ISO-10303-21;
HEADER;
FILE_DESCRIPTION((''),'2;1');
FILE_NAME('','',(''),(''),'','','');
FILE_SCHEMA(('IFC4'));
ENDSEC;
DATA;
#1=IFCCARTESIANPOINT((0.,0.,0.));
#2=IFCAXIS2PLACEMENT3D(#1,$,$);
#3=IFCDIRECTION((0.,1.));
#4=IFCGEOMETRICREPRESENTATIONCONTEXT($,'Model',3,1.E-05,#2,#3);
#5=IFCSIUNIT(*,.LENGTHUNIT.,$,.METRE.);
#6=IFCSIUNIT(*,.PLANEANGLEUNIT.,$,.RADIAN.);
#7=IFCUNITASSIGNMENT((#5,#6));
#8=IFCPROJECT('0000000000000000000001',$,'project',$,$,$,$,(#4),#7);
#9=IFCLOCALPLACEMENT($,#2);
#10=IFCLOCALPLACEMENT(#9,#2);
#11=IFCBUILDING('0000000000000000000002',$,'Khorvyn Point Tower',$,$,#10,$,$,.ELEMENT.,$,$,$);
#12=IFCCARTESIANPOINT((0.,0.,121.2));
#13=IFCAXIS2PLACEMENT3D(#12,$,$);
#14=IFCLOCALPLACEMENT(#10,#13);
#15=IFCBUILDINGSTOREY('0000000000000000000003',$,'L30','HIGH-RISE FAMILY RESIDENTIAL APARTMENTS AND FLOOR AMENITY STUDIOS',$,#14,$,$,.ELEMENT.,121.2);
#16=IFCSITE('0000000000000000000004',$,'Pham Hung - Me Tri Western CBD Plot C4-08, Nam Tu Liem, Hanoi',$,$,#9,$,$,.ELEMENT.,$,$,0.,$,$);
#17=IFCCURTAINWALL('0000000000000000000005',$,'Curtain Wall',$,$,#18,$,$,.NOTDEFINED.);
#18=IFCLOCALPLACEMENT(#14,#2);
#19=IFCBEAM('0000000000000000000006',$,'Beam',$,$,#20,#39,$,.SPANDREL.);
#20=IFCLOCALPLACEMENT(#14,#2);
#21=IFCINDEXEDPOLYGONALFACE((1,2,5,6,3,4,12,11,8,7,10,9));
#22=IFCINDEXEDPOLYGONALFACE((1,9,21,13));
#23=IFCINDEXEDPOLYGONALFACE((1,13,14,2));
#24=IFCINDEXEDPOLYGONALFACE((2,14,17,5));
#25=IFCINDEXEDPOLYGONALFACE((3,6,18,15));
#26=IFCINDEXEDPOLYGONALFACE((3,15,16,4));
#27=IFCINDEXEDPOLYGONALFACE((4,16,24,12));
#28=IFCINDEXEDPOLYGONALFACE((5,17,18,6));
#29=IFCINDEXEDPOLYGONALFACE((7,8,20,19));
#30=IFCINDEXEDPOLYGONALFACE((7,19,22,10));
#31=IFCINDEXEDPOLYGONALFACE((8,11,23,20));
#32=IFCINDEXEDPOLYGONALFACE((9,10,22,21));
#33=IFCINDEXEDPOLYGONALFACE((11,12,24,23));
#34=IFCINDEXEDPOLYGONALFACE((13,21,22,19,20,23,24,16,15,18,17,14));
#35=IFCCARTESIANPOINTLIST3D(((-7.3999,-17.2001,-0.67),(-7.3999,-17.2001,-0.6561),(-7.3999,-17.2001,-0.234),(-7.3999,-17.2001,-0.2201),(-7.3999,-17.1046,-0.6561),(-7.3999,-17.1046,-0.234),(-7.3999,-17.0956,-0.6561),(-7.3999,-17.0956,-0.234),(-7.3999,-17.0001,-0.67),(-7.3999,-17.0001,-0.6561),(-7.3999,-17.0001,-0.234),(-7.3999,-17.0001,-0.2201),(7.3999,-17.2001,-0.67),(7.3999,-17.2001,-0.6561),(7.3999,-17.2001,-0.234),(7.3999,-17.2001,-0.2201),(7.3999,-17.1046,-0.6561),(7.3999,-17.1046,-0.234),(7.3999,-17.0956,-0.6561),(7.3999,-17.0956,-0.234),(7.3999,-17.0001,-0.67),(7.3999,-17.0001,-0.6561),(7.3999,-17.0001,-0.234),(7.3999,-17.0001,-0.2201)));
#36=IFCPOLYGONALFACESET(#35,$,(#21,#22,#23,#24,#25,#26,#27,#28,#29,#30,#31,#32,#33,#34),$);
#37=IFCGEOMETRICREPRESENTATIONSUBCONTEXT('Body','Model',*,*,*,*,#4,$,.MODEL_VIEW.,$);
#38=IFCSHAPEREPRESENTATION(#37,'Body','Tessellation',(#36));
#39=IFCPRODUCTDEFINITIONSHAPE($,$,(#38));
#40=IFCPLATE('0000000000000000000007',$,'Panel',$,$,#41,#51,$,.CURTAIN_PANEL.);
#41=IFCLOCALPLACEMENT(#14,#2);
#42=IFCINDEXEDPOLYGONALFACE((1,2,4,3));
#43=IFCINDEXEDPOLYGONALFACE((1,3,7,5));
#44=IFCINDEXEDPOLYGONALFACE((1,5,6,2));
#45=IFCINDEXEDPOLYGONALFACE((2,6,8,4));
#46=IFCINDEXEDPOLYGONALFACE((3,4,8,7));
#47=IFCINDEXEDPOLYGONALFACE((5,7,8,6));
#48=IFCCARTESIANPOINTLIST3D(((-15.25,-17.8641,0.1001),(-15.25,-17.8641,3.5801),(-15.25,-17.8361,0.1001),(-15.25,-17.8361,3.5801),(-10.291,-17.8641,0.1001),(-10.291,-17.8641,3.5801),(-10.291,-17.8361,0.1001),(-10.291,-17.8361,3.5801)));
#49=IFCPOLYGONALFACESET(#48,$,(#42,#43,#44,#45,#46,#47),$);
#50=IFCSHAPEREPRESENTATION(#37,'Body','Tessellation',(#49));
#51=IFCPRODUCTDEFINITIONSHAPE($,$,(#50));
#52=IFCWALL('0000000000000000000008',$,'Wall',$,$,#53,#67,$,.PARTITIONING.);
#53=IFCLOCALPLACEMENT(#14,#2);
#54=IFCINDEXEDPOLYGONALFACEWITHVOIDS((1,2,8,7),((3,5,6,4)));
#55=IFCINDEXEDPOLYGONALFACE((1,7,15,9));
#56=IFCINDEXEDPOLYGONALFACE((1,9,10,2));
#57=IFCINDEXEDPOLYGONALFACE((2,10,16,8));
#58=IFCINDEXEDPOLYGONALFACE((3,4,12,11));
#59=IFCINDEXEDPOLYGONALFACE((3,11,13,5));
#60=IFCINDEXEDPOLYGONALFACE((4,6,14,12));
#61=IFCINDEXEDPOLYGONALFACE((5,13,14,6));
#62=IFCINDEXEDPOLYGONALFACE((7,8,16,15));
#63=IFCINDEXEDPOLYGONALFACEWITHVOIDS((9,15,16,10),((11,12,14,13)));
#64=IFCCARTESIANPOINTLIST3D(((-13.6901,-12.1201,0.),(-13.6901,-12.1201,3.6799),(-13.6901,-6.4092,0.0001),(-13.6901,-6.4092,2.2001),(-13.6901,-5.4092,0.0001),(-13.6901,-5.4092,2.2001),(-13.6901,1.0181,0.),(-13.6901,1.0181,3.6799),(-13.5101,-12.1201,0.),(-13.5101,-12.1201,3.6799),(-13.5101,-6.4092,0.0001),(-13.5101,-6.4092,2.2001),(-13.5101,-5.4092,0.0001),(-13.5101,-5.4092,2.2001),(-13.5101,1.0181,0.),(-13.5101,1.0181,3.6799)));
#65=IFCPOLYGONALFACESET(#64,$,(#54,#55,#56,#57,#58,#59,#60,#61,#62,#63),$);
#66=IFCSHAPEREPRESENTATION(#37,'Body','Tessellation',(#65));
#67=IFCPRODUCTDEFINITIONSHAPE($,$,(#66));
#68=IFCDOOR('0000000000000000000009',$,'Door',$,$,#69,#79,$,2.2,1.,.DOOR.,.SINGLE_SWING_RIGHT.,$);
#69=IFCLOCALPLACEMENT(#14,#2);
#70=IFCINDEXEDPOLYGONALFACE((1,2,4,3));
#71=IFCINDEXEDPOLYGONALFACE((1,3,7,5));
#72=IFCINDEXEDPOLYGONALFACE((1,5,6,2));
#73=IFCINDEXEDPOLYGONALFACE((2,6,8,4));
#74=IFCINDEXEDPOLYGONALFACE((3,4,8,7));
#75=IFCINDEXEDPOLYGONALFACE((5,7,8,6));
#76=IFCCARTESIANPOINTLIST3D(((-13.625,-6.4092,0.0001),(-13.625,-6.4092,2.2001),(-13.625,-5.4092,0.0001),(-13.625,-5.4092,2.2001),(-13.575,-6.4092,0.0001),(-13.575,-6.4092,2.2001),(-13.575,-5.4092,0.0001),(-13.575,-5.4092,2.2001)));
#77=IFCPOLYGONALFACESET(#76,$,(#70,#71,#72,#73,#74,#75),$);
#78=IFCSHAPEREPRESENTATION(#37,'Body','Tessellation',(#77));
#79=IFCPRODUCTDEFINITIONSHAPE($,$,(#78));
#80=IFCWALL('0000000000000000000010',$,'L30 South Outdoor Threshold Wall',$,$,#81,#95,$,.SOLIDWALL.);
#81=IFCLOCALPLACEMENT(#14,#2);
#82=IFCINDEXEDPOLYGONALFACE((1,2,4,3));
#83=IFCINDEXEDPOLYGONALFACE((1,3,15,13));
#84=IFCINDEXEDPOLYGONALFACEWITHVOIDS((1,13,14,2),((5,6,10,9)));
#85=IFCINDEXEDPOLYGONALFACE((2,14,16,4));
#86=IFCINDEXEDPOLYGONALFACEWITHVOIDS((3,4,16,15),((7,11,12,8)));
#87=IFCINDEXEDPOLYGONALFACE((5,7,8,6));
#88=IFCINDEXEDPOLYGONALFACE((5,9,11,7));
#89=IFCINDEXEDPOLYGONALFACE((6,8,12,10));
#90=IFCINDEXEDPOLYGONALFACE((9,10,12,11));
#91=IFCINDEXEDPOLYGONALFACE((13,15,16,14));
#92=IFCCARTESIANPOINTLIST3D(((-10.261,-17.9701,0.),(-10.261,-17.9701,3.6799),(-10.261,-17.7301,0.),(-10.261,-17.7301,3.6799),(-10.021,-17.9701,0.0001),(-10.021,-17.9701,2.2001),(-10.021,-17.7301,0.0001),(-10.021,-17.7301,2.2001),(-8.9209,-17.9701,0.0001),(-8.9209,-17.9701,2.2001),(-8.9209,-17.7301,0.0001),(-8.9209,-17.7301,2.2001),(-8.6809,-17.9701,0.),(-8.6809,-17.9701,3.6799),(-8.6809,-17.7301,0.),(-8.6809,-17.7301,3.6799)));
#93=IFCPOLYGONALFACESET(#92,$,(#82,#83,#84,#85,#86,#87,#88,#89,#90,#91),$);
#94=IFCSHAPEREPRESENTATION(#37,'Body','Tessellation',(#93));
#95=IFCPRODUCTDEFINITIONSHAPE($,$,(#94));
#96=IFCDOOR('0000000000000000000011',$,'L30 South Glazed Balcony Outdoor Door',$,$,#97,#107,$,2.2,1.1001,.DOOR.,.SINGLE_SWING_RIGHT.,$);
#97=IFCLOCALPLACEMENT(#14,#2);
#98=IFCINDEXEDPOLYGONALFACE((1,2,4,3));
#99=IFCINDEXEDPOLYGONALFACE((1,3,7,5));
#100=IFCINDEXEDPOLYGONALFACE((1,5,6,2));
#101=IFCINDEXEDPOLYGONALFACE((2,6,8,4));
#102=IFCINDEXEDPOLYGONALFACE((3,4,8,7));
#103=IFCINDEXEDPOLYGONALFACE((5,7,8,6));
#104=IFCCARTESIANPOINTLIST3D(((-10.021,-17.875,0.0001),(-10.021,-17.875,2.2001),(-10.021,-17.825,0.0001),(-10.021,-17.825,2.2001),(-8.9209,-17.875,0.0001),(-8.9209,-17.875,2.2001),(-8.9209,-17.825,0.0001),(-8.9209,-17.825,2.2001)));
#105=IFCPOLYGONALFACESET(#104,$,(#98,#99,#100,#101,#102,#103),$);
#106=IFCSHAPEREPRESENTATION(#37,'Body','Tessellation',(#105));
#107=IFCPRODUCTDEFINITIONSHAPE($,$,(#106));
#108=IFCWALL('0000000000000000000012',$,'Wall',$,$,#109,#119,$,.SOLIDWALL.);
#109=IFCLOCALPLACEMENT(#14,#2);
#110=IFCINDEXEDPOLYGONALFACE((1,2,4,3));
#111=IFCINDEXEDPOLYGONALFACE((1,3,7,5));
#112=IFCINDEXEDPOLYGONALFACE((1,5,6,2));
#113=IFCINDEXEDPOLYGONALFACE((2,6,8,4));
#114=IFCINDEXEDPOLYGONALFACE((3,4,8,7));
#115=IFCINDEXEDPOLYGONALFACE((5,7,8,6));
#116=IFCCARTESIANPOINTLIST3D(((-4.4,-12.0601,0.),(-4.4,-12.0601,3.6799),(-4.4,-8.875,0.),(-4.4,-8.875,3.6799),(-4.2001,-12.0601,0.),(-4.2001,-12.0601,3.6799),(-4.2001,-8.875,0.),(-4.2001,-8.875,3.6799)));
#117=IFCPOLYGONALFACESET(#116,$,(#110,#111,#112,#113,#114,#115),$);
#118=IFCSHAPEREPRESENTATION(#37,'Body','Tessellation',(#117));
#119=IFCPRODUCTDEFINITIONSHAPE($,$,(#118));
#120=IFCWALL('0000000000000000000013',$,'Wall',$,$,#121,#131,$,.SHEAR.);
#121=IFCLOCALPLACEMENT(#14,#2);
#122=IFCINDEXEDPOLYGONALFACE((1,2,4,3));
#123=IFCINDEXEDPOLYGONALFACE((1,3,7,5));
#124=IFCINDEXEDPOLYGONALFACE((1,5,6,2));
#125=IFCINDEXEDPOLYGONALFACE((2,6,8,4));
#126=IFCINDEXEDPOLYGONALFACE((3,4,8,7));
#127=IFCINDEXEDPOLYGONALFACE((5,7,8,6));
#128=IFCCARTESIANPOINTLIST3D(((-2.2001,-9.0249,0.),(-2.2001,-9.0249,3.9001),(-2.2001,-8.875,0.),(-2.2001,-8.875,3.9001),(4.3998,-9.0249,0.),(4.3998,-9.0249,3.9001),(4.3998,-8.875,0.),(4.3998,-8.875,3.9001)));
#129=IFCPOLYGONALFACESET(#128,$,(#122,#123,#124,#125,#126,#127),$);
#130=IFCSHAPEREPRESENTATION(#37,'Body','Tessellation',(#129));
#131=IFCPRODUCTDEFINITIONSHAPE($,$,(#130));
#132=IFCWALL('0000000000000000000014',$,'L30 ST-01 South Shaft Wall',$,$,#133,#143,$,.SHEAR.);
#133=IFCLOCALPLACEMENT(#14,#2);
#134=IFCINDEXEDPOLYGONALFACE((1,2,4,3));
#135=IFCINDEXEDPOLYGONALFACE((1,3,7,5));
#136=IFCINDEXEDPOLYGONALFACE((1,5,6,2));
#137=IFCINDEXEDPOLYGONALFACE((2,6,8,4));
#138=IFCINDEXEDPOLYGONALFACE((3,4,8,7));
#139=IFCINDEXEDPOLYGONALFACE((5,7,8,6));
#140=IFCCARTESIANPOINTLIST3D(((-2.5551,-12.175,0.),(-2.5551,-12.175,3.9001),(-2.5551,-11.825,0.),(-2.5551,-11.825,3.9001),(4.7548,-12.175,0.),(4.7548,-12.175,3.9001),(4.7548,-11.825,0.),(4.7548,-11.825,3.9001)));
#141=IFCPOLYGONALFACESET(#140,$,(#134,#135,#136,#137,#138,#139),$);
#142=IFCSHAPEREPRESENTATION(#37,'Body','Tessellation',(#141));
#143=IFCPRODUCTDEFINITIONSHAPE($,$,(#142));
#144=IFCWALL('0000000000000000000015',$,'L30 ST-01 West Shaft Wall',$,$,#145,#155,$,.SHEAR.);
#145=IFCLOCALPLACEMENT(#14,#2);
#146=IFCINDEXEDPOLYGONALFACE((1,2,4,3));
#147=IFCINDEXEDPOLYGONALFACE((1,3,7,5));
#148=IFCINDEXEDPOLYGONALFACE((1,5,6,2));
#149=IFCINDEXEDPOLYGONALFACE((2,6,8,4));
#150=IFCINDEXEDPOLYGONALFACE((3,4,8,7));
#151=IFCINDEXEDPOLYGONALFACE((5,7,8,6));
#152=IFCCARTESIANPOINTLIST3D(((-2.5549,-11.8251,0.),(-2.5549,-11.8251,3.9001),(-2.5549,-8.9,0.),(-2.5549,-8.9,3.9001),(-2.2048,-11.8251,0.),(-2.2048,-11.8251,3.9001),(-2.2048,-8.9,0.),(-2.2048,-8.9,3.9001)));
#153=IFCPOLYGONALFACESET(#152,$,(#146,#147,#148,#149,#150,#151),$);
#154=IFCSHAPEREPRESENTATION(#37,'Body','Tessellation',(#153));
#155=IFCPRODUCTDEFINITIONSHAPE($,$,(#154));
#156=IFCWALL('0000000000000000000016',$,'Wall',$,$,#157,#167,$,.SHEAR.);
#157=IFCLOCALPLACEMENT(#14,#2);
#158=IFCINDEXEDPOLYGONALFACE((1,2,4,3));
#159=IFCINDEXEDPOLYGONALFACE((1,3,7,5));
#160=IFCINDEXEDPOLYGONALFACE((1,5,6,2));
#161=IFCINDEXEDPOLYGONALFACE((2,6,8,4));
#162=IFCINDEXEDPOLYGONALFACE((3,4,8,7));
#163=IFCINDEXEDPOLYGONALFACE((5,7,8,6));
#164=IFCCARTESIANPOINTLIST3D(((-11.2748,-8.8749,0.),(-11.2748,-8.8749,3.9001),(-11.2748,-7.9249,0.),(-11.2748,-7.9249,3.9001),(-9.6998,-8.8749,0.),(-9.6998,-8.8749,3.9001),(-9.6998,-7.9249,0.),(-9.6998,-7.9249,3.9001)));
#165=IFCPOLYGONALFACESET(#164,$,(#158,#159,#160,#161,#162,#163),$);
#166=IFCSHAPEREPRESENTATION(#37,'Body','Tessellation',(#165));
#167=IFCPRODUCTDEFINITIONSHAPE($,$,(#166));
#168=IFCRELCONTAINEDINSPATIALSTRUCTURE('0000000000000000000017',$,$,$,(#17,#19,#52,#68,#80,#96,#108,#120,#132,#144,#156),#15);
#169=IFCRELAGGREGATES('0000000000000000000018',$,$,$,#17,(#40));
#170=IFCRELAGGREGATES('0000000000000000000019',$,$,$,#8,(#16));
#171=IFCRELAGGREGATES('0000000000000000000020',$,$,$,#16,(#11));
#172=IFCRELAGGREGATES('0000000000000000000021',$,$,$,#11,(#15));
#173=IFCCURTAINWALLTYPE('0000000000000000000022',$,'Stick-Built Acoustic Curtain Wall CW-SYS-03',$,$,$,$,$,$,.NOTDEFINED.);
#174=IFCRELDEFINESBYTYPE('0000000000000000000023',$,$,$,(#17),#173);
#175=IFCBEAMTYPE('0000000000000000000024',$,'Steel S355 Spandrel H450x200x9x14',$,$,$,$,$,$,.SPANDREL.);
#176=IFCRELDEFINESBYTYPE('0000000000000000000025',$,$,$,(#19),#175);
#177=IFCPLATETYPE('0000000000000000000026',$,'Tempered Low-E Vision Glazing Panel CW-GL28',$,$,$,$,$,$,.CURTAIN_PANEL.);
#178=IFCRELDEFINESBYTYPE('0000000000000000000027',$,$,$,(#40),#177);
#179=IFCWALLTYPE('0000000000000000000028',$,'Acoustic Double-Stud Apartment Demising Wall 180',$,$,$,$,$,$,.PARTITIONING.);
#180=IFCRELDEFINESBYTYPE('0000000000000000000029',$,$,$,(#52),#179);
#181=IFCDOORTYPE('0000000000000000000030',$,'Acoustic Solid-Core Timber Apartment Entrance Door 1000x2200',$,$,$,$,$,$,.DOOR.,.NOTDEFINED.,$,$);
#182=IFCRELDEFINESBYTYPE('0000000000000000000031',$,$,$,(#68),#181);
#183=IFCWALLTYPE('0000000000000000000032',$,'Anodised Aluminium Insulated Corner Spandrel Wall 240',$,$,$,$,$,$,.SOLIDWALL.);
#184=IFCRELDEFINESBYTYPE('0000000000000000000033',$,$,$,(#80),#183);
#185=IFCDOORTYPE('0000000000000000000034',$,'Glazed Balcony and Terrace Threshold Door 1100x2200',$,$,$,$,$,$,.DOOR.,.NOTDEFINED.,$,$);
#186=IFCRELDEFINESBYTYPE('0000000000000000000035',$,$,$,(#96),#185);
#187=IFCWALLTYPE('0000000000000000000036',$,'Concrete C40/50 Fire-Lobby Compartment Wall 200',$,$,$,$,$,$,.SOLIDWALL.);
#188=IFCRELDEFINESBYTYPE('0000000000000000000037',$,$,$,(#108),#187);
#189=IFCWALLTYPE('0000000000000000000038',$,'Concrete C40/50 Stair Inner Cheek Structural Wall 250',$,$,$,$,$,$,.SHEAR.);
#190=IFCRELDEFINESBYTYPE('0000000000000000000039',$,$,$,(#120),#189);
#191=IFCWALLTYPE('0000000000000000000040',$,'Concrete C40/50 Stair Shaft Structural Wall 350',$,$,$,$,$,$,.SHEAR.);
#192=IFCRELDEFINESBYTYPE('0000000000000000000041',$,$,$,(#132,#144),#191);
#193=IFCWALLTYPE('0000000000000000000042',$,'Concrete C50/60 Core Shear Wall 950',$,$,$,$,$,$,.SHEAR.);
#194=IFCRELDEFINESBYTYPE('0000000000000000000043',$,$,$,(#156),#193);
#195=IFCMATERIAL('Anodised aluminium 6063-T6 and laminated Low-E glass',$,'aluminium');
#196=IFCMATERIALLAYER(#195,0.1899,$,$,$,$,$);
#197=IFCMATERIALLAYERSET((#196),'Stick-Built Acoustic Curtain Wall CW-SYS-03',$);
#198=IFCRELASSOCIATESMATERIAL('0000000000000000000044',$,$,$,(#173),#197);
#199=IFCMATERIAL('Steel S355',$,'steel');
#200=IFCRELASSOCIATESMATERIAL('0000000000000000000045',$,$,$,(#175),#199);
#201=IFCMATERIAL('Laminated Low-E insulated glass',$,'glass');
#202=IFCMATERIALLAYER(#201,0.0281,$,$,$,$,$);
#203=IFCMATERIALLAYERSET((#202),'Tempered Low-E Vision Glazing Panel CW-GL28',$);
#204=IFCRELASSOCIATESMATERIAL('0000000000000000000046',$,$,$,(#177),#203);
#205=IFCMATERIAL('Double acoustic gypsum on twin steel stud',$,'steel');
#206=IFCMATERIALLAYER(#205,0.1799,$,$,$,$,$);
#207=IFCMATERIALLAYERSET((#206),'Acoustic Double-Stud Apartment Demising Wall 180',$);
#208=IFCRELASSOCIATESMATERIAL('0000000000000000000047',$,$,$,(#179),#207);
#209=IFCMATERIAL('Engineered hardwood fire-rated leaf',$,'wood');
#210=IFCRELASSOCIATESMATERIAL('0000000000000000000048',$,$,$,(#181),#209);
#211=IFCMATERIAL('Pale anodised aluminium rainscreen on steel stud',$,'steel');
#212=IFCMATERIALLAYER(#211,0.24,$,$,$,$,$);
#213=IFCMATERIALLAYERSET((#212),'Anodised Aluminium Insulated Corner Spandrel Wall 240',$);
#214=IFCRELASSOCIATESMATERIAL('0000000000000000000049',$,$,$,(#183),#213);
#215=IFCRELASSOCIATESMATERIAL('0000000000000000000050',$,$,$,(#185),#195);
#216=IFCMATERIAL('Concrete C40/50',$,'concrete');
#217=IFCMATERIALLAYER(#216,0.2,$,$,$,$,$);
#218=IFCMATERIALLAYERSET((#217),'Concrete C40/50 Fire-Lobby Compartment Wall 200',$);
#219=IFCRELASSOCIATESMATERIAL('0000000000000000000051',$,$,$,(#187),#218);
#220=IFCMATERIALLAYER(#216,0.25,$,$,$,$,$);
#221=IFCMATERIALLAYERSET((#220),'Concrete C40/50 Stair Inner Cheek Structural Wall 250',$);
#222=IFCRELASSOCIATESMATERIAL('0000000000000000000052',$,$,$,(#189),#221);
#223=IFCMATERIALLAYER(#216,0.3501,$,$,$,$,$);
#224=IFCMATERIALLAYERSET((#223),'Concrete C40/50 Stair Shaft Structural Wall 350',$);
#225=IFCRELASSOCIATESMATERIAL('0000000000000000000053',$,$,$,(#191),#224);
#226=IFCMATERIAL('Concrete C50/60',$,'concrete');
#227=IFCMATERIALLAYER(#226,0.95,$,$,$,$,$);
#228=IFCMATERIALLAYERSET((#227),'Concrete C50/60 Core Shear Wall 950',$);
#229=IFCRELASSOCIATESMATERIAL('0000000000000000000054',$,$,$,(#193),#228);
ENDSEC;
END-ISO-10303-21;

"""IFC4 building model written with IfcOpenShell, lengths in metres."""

from ifc_helpers import new_model, si_unit, direction, frame, frame_2d, origin, origin_2d, place, context, subcontext, project, spatial, rectangle, i_section, extrude, material, layer, layer_set, material_profile, profile_set, type_object, element, fill, aggregate, save


model = new_model("IFC4")

# Units and contexts
model_context = context("Model", 3, precision=1e-05, world=origin(), true_north=direction((0.0, 1.0)))
body_context = subcontext(model_context, "Body", "Model", "MODEL_VIEW")
ifc_project = project(units=[si_unit("LENGTHUNIT", "METRE"), si_unit("PLANEANGLEUNIT", "RADIAN")], contexts=[model_context])

# Site, building, storey
site_placement = place(None, origin())
site = spatial("IfcSite", under=ifc_project, at=site_placement, Name="Pham Hung - Me Tri Western CBD Plot C4-08, Nam Tu Liem, Hanoi", CompositionType="ELEMENT", RefElevation=0.0)
building_placement = place(site_placement, origin())
building = spatial("IfcBuilding", under=site, at=building_placement, Name="Khorvyn Point Tower", CompositionType="ELEMENT")
storey_placement = place(building_placement, frame((0.0, 0.0, 121.2)))
storey = spatial("IfcBuildingStorey", under=building, at=storey_placement, Name="L30", Description="HIGH-RISE FAMILY RESIDENTIAL APARTMENTS AND FLOOR AMENITY STUDIOS", CompositionType="ELEMENT", Elevation=121.2)

# Shared definitions
ifc_material_1 = material(Name="Concrete C50/60", Category="concrete")

# Shared definitions
ifc_material_2 = material(Name="Anodised aluminium 6063-T6 and laminated Low-E glass", Category="aluminium")
ifc_layer_1 = layer(ifc_material_2, 0.1899)
ifc_layer_set_1 = layer_set([ifc_layer_1], Name="Stick-Built Acoustic Curtain Wall CW-SYS-03")
curtain_wall_type = type_object("IfcCurtainWallType", Name="Stick-Built Acoustic Curtain Wall CW-SYS-03", PredefinedType="NOTDEFINED", material=ifc_layer_set_1)

# Curtain wall
curtain_wall_1_placement = place(storey_placement, origin())
curtain_wall_1 = element("IfcCurtainWall", 1, at=curtain_wall_1_placement, inside=storey, type_object=curtain_wall_type, Name="Curtain Wall", PredefinedType="NOTDEFINED")

# Beam
ifc_material_3 = material(Name="Steel S355", Category="steel")
ifc_material_profile_1 = material_profile(ifc_material_3, i_section(OverallWidth=0.2, OverallDepth=0.45, WebThickness=0.009, FlangeThickness=0.0139, at=origin_2d()))
ifc_profile_set_1 = profile_set([ifc_material_profile_1], Name="Steel S355 H450x200x9x14")
beam_type_1 = type_object("IfcBeamType", Name="Steel S355 Spandrel H450x200x9x14", PredefinedType="SPANDREL", material=ifc_profile_set_1)
beam_1_placement = place(storey_placement, frame((-7.3999, -17.1001, -0.4451), z_axis=(1.0, 0.0, 0.0), x_axis=(0.0, 1.0, 0.0)))
element("IfcBeam", 2, at=beam_1_placement, inside=storey, type_object=beam_type_1, Name="Beam", PredefinedType="SPANDREL", context=body_context, shape_type="SweptSolid", body=[
    extrude(i_section(OverallWidth=0.2, OverallDepth=0.45, WebThickness=0.009, FlangeThickness=0.0139, at=origin_2d()), origin(), (0.0, 0.0, 1.0), 14.7998),
])

# Plate
ifc_material_4 = material(Name="Laminated Low-E insulated glass", Category="glass")
ifc_layer_2 = layer(ifc_material_4, 0.0281)
ifc_layer_set_2 = layer_set([ifc_layer_2], Name="Tempered Low-E Vision Glazing Panel CW-GL28")
plate_type = type_object("IfcPlateType", Name="Tempered Low-E Vision Glazing Panel CW-GL28", PredefinedType="CURTAIN_PANEL", material=ifc_layer_set_2)
plate_placement = place(storey_placement, frame((-12.7705, -17.8501, 0.1001), z_axis=(0.0, 0.0, 1.0), x_axis=(-1.0, 0.0, 0.0)))
plate = element("IfcPlate", 3, at=plate_placement, type_object=plate_type, Name="Panel", PredefinedType="CURTAIN_PANEL", context=body_context, shape_type="SweptSolid", body=[
    extrude(rectangle(XDim=4.959, YDim=0.0281, at=origin_2d()), origin(), (0.0, 0.0, 1.0), 3.48),
])
aggregate(curtain_wall_1, [plate])

# Walls, openings, doors
ifc_material_5 = material(Name="Double acoustic gypsum on twin steel stud", Category="steel")
ifc_layer_3 = layer(ifc_material_5, 0.1799)
ifc_layer_set_3 = layer_set([ifc_layer_3], Name="Acoustic Double-Stud Apartment Demising Wall 180")
wall_type_1 = type_object("IfcWallType", Name="Acoustic Double-Stud Apartment Demising Wall 180", PredefinedType="PARTITIONING", material=ifc_layer_set_3)
wall_1_placement = place(storey_placement, frame((-13.6001, -12.1201, 0.0), z_axis=(0.0, 0.0, 1.0), x_axis=(0.0, 1.0, 0.0)))
wall_1 = element("IfcWall", 4, at=wall_1_placement, inside=storey, type_object=wall_type_1, Name="Wall", PredefinedType="PARTITIONING", context=body_context, shape_type="SweptSolid", body=[
    extrude(rectangle(XDim=13.1382, YDim=0.1799, at=frame_2d((6.5691, 0.0))), origin(), (0.0, 0.0, 1.0), 3.6799),
])
opening_1_placement = place(wall_1_placement, frame((5.7109, 0.0, 0.0)))
opening_1 = element("IfcOpeningElement", 5, at=opening_1_placement, cuts=wall_1, PredefinedType="OPENING", context=body_context, shape_type="SweptSolid", body=[
    extrude(rectangle(XDim=1.0, YDim=2.2, at=frame_2d((0.5, 1.1001))), frame((0.0, 0.0999, 0.0), z_axis=(0.0, -1.0, 0.0), x_axis=(1.0, 0.0, 0.0)), (0.0, 0.0, 1.0), 0.2),
])
ifc_material_6 = material(Name="Engineered hardwood fire-rated leaf", Category="wood")
door_type_1 = type_object("IfcDoorType", Name="Acoustic Solid-Core Timber Apartment Entrance Door 1000x2200", OperationType="NOTDEFINED", PredefinedType="DOOR", material=ifc_material_6)
door_1_placement = place(opening_1_placement, origin())
door_1 = element("IfcDoor", 6, at=door_1_placement, inside=storey, type_object=door_type_1, Name="Door", OperationType="SINGLE_SWING_RIGHT", OverallHeight=2.2, OverallWidth=1.0, PredefinedType="DOOR", context=body_context, shape_type="SweptSolid", body=[
    extrude(rectangle(XDim=1.0, YDim=2.2, at=frame_2d((0.5, 1.1001))), frame((0.0, 0.0249, 0.0), z_axis=(0.0, -1.0, 0.0), x_axis=(1.0, 0.0, 0.0)), (0.0, 0.0, 1.0), 0.05),
])
fill(opening_1, door_1)
ifc_material_7 = material(Name="Pale anodised aluminium rainscreen on steel stud", Category="steel")
ifc_layer_4 = layer(ifc_material_7, 0.24)
ifc_layer_set_4 = layer_set([ifc_layer_4], Name="Anodised Aluminium Insulated Corner Spandrel Wall 240")
wall_type_2 = type_object("IfcWallType", Name="Anodised Aluminium Insulated Corner Spandrel Wall 240", PredefinedType="SOLIDWALL", material=ifc_layer_set_4)
wall_2_placement = place(storey_placement, frame((-8.6809, -17.8501, 0.0), z_axis=(0.0, 0.0, 1.0), x_axis=(-1.0, 0.0, 0.0)))
wall_2 = element("IfcWall", 7, at=wall_2_placement, inside=storey, type_object=wall_type_2, Name="L30 South Outdoor Threshold Wall", PredefinedType="SOLIDWALL", context=body_context, shape_type="SweptSolid", body=[
    extrude(rectangle(XDim=1.5801, YDim=0.24, at=frame_2d((0.79, 0.0))), origin(), (0.0, 0.0, 1.0), 3.6799),
])
opening_2_placement = place(wall_2_placement, frame((0.24, 0.0, 0.0)))
opening_2 = element("IfcOpeningElement", 8, at=opening_2_placement, cuts=wall_2, PredefinedType="OPENING", context=body_context, shape_type="SweptSolid", body=[
    extrude(rectangle(XDim=1.1001, YDim=2.2, at=frame_2d((0.55, 1.1001))), frame((0.0, 0.1299, 0.0), z_axis=(0.0, -1.0, 0.0), x_axis=(1.0, 0.0, 0.0)), (0.0, 0.0, 1.0), 0.26),
])
door_type_2 = type_object("IfcDoorType", Name="Glazed Balcony and Terrace Threshold Door 1100x2200", OperationType="NOTDEFINED", PredefinedType="DOOR", material=ifc_material_2)
door_2_placement = place(opening_2_placement, origin())
door_2 = element("IfcDoor", 9, at=door_2_placement, inside=storey, type_object=door_type_2, Name="L30 South Glazed Balcony Outdoor Door", OperationType="SINGLE_SWING_RIGHT", OverallHeight=2.2, OverallWidth=1.1001, PredefinedType="DOOR", context=body_context, shape_type="SweptSolid", body=[
    extrude(rectangle(XDim=1.1001, YDim=2.2, at=frame_2d((0.55, 1.1001))), frame((0.0, 0.0249, 0.0), z_axis=(0.0, -1.0, 0.0), x_axis=(1.0, 0.0, 0.0)), (0.0, 0.0, 1.0), 0.05),
])
fill(opening_2, door_2)
ifc_material_8 = material(Name="Concrete C40/50", Category="concrete")
ifc_layer_5 = layer(ifc_material_8, 0.2)
ifc_layer_set_5 = layer_set([ifc_layer_5], Name="Concrete C40/50 Fire-Lobby Compartment Wall 200")
wall_type_3 = type_object("IfcWallType", Name="Concrete C40/50 Fire-Lobby Compartment Wall 200", PredefinedType="SOLIDWALL", material=ifc_layer_set_5)

# Walls
wall_3_placement = place(storey_placement, frame((-4.3, -12.0601, 0.0), z_axis=(0.0, 0.0, 1.0), x_axis=(0.0, 1.0, 0.0)))
element("IfcWall", 10, at=wall_3_placement, inside=storey, type_object=wall_type_3, Name="Wall", PredefinedType="SOLIDWALL", context=body_context, shape_type="SweptSolid", body=[
    extrude(rectangle(XDim=3.1851, YDim=0.2, at=frame_2d((1.5925, 0.0))), origin(), (0.0, 0.0, 1.0), 3.6799),
])
ifc_layer_6 = layer(ifc_material_8, 0.25)
ifc_layer_set_6 = layer_set([ifc_layer_6], Name="Concrete C40/50 Stair Inner Cheek Structural Wall 250")
wall_type_4 = type_object("IfcWallType", Name="Concrete C40/50 Stair Inner Cheek Structural Wall 250", PredefinedType="SHEAR", material=ifc_layer_set_6)
wall_4_placement = place(storey_placement, frame((-2.2, -8.95, 0.0), z_axis=(0.0, 0.0, 1.0), x_axis=(1.0, 0.0, 0.0)))
element("IfcWall", 11, at=wall_4_placement, inside=storey, type_object=wall_type_4, Name="Wall", PredefinedType="SHEAR", context=body_context, shape_type="SweptSolid", body=[
    extrude(rectangle(XDim=6.5999, YDim=0.1499, at=frame_2d((3.2998, 0.0))), origin(), (0.0, 0.0, 1.0), 3.9001),
])
ifc_layer_7 = layer(ifc_material_8, 0.3501)
ifc_layer_set_7 = layer_set([ifc_layer_7], Name="Concrete C40/50 Stair Shaft Structural Wall 350")
wall_type_5 = type_object("IfcWallType", Name="Concrete C40/50 Stair Shaft Structural Wall 350", PredefinedType="SHEAR", material=ifc_layer_set_7)
wall_5_placement = place(storey_placement, frame((-2.5549, -12.0, 0.0), z_axis=(0.0, 0.0, 1.0), x_axis=(1.0, 0.0, 0.0)))
element("IfcWall", 12, at=wall_5_placement, inside=storey, type_object=wall_type_5, Name="L30 ST-01 South Shaft Wall", PredefinedType="SHEAR", context=body_context, shape_type="SweptSolid", body=[
    extrude(rectangle(XDim=7.3098, YDim=0.3501, at=frame_2d((3.6548, 0.0))), origin(), (0.0, 0.0, 1.0), 3.9001),
])
wall_6_placement = place(storey_placement, frame((-2.3799, -11.825, 0.0), z_axis=(0.0, 0.0, 1.0), x_axis=(0.0, 1.0, 0.0)))
element("IfcWall", 13, at=wall_6_placement, inside=storey, type_object=wall_type_5, Name="L30 ST-01 West Shaft Wall", PredefinedType="SHEAR", context=body_context, shape_type="SweptSolid", body=[
    extrude(rectangle(XDim=2.925, YDim=0.3501, at=frame_2d((1.4624, 0.0))), origin(), (0.0, 0.0, 1.0), 3.9001),
])
ifc_layer_8 = layer(ifc_material_1, 0.95)
ifc_layer_set_8 = layer_set([ifc_layer_8], Name="Concrete C50/60 Core Shear Wall 950")
wall_type_6 = type_object("IfcWallType", Name="Concrete C50/60 Core Shear Wall 950", PredefinedType="SHEAR", material=ifc_layer_set_8)
wall_7_placement = place(storey_placement, frame((-11.2749, -8.3999, 0.0), z_axis=(0.0, 0.0, 1.0), x_axis=(1.0, 0.0, 0.0)))
element("IfcWall", 14, at=wall_7_placement, inside=storey, type_object=wall_type_6, Name="Wall", PredefinedType="SHEAR", context=body_context, shape_type="SweptSolid", body=[
    extrude(rectangle(XDim=1.575, YDim=0.95, at=frame_2d((0.7876, 0.0))), origin(), (0.0, 0.0, 1.0), 3.9001),
])

save(model, "model.ifc")
